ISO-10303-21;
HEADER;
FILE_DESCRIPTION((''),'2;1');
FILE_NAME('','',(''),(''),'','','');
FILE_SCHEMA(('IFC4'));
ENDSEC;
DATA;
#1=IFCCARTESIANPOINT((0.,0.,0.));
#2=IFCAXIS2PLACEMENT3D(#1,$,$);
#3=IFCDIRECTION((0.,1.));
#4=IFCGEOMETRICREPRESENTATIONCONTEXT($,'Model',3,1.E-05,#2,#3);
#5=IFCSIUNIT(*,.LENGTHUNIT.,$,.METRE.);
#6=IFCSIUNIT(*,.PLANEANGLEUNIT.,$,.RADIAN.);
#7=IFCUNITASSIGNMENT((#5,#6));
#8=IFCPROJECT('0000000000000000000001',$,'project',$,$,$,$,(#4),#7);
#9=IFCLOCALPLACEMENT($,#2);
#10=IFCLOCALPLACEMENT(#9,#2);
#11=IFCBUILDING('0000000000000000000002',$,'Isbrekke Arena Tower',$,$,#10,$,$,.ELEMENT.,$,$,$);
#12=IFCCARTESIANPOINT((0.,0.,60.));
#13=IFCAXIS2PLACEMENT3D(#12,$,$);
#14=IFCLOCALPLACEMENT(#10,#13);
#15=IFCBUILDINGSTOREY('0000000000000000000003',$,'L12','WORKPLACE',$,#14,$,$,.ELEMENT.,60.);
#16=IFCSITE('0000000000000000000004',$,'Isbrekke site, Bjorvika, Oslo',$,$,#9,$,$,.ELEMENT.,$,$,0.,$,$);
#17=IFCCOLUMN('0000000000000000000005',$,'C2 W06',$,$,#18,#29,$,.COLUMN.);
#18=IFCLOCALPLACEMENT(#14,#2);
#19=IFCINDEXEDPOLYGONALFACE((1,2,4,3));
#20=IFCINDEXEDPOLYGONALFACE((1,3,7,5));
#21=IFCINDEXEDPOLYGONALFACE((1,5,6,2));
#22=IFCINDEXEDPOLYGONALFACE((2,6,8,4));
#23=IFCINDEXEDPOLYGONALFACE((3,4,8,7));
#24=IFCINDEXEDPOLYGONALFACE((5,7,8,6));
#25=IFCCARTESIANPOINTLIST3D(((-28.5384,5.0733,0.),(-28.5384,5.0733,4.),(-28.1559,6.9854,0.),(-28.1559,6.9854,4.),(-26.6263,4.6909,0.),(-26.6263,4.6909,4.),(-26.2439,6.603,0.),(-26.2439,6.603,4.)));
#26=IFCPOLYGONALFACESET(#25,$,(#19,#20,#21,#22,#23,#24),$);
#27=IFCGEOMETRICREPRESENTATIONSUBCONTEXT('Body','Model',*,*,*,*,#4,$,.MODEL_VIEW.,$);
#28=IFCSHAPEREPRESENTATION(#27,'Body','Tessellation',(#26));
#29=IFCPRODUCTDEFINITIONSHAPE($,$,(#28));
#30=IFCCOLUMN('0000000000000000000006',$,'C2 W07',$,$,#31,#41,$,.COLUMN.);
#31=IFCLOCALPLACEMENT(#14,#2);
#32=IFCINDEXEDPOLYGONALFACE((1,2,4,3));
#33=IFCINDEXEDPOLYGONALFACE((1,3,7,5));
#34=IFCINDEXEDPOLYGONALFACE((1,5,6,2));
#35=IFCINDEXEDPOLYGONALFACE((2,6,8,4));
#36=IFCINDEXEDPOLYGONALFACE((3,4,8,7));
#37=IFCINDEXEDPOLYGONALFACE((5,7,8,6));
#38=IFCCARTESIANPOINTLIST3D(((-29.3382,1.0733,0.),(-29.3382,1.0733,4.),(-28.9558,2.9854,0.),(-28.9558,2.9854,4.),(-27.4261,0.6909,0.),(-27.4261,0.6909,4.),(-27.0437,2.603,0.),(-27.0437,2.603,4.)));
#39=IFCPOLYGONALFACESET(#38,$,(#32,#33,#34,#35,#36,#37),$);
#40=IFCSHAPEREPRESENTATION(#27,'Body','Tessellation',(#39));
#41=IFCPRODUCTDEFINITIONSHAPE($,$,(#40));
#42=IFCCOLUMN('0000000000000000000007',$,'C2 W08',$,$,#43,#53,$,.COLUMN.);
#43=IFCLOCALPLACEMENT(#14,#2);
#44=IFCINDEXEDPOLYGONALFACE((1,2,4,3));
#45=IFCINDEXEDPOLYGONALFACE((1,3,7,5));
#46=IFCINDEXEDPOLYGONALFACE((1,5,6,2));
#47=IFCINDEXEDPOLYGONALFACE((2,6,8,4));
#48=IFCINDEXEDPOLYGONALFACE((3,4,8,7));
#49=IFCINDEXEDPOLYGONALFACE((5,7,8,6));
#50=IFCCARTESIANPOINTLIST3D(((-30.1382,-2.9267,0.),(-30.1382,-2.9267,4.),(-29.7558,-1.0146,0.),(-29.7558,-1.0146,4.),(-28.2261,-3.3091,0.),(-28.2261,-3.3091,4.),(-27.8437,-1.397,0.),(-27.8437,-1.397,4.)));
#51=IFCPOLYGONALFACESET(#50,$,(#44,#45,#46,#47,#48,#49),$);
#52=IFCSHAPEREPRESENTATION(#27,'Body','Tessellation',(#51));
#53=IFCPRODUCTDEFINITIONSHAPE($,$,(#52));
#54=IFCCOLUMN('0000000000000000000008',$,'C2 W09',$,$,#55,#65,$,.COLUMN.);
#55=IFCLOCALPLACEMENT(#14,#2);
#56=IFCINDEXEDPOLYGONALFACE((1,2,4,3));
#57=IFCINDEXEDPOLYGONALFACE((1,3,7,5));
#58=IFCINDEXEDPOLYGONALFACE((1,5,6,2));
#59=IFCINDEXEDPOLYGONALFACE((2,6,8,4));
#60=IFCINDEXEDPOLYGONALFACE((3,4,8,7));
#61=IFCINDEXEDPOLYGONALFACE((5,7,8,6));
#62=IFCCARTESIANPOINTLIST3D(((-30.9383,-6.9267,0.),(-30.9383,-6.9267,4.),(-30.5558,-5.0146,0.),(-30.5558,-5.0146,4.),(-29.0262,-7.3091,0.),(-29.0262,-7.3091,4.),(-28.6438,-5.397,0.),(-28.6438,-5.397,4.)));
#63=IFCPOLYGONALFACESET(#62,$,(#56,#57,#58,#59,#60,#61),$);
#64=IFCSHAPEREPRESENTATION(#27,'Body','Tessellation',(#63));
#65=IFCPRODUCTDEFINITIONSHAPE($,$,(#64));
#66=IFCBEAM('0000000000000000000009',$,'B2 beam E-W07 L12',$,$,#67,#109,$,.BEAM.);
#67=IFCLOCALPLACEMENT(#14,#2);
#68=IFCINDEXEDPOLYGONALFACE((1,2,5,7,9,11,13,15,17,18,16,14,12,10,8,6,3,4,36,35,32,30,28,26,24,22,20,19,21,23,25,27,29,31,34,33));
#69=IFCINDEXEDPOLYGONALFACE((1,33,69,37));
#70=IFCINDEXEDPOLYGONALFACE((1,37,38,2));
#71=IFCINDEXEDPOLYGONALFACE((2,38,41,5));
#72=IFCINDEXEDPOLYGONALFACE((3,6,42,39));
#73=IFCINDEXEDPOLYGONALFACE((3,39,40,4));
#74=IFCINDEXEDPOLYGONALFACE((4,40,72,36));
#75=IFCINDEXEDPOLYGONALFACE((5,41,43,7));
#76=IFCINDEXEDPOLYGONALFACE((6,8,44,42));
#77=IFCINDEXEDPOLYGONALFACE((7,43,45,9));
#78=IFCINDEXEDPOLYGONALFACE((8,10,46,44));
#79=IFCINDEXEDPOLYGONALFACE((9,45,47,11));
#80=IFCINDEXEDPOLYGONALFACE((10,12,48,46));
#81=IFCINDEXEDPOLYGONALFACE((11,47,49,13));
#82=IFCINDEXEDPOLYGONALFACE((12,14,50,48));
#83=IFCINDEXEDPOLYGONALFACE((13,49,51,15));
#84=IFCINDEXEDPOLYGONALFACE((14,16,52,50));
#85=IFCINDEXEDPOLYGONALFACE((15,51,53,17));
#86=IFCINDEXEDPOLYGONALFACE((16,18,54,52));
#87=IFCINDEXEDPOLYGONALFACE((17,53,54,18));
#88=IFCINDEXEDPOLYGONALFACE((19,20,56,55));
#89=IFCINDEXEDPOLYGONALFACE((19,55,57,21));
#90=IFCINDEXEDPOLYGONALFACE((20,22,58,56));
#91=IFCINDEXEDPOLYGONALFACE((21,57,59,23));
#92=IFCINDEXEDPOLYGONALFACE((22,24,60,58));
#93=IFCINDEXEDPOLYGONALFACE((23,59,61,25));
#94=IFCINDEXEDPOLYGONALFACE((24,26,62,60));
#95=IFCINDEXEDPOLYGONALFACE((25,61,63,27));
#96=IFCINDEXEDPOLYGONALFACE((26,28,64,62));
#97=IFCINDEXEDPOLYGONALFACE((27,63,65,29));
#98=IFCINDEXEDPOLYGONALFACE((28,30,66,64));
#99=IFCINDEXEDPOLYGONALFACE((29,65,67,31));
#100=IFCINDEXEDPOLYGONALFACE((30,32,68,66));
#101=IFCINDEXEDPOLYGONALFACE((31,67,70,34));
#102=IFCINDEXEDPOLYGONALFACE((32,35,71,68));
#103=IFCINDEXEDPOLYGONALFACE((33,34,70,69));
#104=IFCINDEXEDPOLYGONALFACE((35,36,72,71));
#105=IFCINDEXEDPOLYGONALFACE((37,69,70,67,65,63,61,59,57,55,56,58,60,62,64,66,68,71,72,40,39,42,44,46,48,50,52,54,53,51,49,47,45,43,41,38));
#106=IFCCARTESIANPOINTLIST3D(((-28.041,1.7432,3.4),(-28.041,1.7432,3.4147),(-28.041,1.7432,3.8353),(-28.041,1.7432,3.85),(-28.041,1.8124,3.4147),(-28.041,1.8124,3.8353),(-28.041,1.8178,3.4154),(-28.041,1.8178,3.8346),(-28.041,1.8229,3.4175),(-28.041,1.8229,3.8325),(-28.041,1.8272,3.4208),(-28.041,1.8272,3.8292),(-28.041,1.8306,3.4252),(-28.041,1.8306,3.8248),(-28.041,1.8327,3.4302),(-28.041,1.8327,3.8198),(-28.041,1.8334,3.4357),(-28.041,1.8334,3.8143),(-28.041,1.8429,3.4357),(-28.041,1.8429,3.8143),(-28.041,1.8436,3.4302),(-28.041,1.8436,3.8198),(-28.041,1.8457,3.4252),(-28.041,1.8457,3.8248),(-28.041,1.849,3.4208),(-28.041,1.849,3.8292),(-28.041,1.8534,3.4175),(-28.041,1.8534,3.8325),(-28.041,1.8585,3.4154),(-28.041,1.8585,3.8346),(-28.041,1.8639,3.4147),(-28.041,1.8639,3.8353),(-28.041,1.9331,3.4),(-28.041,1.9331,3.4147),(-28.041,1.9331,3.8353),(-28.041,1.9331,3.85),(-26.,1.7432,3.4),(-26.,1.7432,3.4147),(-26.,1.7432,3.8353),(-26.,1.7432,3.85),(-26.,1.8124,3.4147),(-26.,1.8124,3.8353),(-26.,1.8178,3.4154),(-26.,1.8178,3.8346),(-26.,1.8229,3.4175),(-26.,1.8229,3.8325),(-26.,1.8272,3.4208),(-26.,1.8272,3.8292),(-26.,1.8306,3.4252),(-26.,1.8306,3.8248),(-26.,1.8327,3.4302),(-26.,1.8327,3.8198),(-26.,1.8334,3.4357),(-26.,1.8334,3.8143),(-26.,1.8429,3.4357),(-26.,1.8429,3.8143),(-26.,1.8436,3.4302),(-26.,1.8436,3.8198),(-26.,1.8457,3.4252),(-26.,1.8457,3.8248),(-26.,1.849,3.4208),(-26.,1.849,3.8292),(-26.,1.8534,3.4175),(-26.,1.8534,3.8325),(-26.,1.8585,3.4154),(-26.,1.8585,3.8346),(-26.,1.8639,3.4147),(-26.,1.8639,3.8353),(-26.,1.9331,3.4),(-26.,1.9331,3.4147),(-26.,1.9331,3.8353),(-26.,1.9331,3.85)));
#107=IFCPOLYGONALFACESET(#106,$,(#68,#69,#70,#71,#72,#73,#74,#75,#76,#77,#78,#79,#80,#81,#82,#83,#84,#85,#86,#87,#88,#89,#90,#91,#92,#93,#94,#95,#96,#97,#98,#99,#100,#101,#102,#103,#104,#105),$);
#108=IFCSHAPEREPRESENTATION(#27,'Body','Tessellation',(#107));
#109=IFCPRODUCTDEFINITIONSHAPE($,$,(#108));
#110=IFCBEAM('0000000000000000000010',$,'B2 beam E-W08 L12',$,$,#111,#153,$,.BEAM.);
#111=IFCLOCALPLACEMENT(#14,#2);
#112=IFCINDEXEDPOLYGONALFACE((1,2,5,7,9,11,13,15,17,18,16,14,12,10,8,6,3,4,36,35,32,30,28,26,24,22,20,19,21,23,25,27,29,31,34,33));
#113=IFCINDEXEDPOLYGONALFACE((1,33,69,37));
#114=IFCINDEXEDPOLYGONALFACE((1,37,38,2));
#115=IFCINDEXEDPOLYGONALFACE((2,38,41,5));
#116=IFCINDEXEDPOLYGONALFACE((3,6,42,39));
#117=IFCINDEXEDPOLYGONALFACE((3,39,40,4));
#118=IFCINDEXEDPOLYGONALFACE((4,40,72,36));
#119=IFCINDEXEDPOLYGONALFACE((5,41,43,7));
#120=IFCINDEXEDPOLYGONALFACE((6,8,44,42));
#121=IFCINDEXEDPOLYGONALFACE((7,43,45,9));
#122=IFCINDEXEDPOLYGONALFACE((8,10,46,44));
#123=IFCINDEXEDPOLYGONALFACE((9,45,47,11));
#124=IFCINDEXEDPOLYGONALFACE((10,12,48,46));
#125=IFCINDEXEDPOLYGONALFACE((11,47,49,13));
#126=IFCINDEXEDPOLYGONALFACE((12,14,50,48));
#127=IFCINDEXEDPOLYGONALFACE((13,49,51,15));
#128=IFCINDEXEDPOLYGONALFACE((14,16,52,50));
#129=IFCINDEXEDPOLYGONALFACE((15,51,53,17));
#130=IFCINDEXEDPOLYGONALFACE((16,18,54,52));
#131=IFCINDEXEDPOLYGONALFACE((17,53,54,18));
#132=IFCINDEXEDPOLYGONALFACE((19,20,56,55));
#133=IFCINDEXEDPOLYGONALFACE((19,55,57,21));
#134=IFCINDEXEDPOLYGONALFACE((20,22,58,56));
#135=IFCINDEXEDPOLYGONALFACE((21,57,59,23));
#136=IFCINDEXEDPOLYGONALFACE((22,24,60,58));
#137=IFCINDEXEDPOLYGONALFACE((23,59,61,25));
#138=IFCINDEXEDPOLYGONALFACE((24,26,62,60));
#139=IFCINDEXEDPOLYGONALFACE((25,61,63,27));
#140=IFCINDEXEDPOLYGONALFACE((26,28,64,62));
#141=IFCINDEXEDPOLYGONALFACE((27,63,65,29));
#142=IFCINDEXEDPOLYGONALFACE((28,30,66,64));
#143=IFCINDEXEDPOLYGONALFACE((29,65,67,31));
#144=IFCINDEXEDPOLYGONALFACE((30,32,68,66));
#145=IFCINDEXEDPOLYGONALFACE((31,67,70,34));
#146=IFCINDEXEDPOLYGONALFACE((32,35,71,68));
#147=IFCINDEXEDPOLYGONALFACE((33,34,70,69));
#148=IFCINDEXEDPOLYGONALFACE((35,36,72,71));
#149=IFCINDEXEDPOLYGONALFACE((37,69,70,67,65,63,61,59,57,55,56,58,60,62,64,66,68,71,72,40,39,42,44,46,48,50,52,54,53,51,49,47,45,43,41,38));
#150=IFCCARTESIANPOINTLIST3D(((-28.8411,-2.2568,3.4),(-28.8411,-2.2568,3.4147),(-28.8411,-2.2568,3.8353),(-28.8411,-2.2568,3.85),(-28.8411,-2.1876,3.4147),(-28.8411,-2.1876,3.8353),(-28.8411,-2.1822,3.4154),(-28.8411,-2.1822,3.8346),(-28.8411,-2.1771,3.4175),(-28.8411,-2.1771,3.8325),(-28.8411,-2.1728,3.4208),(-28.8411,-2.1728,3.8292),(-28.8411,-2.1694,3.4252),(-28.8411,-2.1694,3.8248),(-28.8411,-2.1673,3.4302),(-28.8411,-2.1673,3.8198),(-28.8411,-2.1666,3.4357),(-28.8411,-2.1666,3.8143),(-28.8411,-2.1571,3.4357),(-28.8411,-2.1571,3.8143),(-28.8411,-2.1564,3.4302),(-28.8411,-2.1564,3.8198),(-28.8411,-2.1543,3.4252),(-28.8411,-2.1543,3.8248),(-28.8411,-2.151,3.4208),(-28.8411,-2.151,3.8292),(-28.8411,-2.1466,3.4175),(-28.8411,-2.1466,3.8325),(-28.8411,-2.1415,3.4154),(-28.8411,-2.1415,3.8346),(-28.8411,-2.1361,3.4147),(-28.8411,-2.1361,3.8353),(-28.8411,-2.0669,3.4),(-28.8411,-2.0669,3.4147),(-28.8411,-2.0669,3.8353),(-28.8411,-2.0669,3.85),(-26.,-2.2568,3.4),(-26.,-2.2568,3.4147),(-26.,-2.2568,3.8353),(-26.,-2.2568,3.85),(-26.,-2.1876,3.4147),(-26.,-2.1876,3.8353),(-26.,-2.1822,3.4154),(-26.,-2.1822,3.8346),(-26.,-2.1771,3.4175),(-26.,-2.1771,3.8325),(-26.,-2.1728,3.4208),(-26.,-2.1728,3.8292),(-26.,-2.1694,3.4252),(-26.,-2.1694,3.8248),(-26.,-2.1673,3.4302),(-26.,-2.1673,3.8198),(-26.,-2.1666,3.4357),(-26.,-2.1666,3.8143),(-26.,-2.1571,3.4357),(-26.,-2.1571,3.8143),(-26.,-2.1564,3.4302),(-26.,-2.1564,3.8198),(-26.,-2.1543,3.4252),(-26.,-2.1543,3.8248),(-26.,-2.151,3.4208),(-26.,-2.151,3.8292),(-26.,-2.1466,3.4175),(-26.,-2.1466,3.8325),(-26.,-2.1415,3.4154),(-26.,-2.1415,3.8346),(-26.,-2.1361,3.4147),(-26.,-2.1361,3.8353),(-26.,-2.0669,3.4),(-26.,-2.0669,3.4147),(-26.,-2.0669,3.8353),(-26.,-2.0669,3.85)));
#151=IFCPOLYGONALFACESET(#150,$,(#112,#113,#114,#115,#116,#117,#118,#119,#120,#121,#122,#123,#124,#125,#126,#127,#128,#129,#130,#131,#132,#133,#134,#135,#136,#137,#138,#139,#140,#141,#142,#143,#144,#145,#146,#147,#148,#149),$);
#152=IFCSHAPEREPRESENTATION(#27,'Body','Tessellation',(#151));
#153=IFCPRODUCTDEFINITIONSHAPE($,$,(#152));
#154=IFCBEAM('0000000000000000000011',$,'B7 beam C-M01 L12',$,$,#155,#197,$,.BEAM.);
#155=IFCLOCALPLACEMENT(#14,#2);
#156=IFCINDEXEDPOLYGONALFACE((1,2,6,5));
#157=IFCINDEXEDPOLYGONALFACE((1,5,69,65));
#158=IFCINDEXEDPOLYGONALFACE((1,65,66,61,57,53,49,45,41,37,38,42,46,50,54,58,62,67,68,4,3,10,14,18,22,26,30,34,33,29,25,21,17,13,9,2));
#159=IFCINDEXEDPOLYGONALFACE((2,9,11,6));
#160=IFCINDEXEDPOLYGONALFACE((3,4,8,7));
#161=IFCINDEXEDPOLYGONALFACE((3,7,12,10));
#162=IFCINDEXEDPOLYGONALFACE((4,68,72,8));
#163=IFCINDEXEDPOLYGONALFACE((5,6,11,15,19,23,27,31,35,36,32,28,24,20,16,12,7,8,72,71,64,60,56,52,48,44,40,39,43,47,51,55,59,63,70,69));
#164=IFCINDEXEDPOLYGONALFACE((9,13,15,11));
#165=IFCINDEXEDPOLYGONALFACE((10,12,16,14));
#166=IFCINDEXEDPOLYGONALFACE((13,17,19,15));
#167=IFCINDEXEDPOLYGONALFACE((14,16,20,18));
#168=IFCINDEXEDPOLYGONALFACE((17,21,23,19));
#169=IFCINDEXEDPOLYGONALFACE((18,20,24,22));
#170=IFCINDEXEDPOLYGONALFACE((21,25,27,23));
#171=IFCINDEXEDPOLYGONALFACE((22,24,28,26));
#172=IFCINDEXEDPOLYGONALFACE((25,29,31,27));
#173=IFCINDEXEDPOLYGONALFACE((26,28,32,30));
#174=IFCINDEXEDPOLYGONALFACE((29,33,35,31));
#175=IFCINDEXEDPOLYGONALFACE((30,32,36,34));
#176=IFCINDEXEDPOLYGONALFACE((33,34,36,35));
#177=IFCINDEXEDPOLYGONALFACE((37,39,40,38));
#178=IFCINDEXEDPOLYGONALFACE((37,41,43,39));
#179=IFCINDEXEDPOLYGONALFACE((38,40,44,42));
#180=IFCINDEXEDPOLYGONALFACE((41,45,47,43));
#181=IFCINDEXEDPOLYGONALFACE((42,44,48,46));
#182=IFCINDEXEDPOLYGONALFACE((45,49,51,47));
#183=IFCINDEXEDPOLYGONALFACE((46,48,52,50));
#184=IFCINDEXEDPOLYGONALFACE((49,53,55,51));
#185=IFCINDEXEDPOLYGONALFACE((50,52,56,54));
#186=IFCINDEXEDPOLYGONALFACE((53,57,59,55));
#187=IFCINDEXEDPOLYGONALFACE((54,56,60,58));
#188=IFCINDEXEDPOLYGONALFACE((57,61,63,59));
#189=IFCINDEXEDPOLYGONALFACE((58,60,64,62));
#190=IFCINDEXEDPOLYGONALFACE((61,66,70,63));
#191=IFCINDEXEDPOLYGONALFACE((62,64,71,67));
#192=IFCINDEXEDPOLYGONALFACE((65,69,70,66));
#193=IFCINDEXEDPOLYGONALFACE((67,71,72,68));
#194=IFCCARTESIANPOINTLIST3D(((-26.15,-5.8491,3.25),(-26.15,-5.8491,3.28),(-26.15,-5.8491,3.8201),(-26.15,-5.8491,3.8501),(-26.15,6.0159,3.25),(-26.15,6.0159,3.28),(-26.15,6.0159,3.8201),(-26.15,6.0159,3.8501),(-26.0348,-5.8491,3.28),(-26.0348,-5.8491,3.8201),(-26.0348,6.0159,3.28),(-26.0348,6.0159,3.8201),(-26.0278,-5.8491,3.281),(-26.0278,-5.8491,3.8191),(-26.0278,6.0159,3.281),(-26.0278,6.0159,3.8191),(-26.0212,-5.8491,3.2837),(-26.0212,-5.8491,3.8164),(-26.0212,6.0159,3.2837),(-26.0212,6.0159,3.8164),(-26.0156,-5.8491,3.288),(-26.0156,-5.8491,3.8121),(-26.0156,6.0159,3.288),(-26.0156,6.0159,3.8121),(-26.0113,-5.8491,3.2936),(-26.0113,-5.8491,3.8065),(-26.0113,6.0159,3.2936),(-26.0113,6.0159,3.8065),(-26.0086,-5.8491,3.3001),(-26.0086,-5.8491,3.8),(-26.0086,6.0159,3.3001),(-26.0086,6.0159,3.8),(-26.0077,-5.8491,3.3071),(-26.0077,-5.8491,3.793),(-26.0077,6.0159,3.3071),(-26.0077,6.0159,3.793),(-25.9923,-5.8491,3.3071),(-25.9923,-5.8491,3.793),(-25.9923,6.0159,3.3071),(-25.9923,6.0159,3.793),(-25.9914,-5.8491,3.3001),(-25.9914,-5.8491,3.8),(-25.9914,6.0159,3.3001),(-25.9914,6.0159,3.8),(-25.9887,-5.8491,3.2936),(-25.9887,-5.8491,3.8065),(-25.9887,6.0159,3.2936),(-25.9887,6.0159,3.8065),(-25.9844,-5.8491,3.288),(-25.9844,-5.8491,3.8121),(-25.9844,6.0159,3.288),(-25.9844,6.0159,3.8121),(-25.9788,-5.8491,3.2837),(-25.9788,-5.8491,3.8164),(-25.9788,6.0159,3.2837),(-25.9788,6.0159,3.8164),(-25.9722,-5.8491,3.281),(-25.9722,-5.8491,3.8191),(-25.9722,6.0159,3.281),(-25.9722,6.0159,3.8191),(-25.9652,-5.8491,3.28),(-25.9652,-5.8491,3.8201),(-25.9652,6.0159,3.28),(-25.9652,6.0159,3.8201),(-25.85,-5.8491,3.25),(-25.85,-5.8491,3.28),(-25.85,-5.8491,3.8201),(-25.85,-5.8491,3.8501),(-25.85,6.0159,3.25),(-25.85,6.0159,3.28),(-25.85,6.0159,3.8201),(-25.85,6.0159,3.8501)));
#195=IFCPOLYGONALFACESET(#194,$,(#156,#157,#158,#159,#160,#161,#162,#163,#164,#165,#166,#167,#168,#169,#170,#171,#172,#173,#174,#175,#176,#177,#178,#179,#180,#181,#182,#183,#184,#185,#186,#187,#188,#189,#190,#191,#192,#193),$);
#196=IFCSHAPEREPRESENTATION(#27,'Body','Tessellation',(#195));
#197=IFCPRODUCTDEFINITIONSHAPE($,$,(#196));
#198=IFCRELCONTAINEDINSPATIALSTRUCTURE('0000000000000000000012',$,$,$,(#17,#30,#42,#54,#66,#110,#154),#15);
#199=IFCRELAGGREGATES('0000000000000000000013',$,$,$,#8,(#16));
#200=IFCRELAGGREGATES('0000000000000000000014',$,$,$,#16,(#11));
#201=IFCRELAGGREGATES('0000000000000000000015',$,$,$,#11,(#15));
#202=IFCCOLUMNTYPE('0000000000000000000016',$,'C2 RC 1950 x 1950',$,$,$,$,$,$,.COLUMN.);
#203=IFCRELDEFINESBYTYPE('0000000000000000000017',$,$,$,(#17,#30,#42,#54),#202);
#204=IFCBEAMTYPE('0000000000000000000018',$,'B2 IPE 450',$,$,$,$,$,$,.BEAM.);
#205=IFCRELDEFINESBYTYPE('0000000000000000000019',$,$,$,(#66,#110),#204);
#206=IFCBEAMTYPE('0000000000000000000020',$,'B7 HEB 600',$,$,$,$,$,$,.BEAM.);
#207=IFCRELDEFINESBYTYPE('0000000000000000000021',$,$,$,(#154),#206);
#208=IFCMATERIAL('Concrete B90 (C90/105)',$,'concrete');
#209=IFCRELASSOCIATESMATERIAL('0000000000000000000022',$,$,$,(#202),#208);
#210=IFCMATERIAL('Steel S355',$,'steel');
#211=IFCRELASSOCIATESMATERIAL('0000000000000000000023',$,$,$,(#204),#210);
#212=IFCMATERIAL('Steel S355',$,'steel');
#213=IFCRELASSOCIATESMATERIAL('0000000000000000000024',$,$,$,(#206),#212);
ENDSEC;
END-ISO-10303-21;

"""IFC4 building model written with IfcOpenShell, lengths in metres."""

from ifc_helpers import new_model, si_unit, direction, frame, origin, origin_2d, place, context, subcontext, project, spatial, rectangle, i_section, extrude, material, material_profile, profile_set, type_object, element, save


model = new_model("IFC4")

# Units and contexts
model_context = context("Model", 3, precision=1e-05, world=origin(), true_north=direction((0.0, 1.0)))
body_context = subcontext(model_context, "Body", "Model", "MODEL_VIEW")
ifc_project = project(units=[si_unit("LENGTHUNIT", "METRE"), si_unit("PLANEANGLEUNIT", "RADIAN")], contexts=[model_context])

# Site, building, storey
site_placement = place(None, origin())
site = spatial("IfcSite", under=ifc_project, at=site_placement, Name="Isbrekke site, Bjorvika, Oslo", CompositionType="ELEMENT", RefElevation=0.0)
building_placement = place(site_placement, origin())
building = spatial("IfcBuilding", under=site, at=building_placement, Name="Isbrekke Arena Tower", CompositionType="ELEMENT")
storey_placement = place(building_placement, frame((0.0, 0.0, 60.0)))
storey = spatial("IfcBuildingStorey", under=building, at=storey_placement, Name="L12", Description="WORKPLACE", CompositionType="ELEMENT", Elevation=60.0)

# Columns
ifc_material_1 = material(Name="Concrete B90 (C90/105)", Category="concrete")
ifc_material_profile_1 = material_profile(ifc_material_1, rectangle(XDim=1.95, YDim=1.95, at=origin_2d()), Name="RC 1950x1950")
ifc_profile_set_1 = profile_set([ifc_material_profile_1], Name="Concrete B90 (C90/105)")
column_type = type_object("IfcColumnType", Name="C2 RC 1950 x 1950", PredefinedType="COLUMN", material=ifc_profile_set_1)
for number, where, z_axis, x_axis, name in (
    (1, (-27.3911, 5.8381, 0.0), (0.0, 0.0, 1.0), (-0.196116, -0.980581, 0.0), "C2 W06"),
    (2, (-28.1909, 1.8381, 0.0), (0.0, 0.0, 1.0), (-0.196116, -0.980581, 0.0), "C2 W07"),
    (3, (-28.991, -2.1619, 0.0), (0.0, 0.0, 1.0), (-0.196116, -0.980581, 0.0), "C2 W08"),
    (4, (-29.791, -6.1619, 0.0), (0.0, 0.0, 1.0), (-0.196116, -0.980581, 0.0), "C2 W09"),
):
    element("IfcColumn", number, at=place(storey_placement, frame(where, z_axis=z_axis, x_axis=x_axis)), inside=storey, type_object=column_type, Name=name, PredefinedType="COLUMN", context=body_context, shape_type="SweptSolid", body=[
        extrude(rectangle(XDim=1.95, YDim=1.95, at=origin_2d()), origin(), (0.0, 0.0, 1.0), 4.0),
    ])

# Beams
ifc_material_2 = material(Name="Steel S355", Category="steel")
ifc_material_profile_2 = material_profile(ifc_material_2, i_section(OverallWidth=0.1899, OverallDepth=0.45, WebThickness=0.0095, FlangeThickness=0.0146, FilletRadius=0.021, at=origin_2d()), Name="IPE 450")
ifc_profile_set_2 = profile_set([ifc_material_profile_2], Name="Steel S355")
beam_type_1 = type_object("IfcBeamType", Name="B2 IPE 450", PredefinedType="BEAM", material=ifc_profile_set_2)
beam_1_placement = place(storey_placement, frame((-28.041, 1.8381, 3.625), z_axis=(1.0, 0.0, 0.0), x_axis=(0.0, 1.0, 0.0)))
element("IfcBeam", 5, at=beam_1_placement, inside=storey, type_object=beam_type_1, Name="B2 beam E-W07 L12", PredefinedType="BEAM", context=body_context, shape_type="SweptSolid", body=[
    extrude(i_section(OverallWidth=0.1899, OverallDepth=0.45, WebThickness=0.0095, FlangeThickness=0.0146, FilletRadius=0.021, at=origin_2d()), origin(), (0.0, 0.0, 1.0), 2.041),
])
beam_2_placement = place(storey_placement, frame((-28.8411, -2.1619, 3.625), z_axis=(1.0, 0.0, 0.0), x_axis=(0.0, 1.0, 0.0)))
element("IfcBeam", 6, at=beam_2_placement, inside=storey, type_object=beam_type_1, Name="B2 beam E-W08 L12", PredefinedType="BEAM", context=body_context, shape_type="SweptSolid", body=[
    extrude(i_section(OverallWidth=0.1899, OverallDepth=0.45, WebThickness=0.0095, FlangeThickness=0.0146, FilletRadius=0.021, at=origin_2d()), origin(), (0.0, 0.0, 1.0), 2.8411),
])
ifc_material_3 = material(Name="Steel S355", Category="steel")
ifc_material_profile_3 = material_profile(ifc_material_3, i_section(OverallWidth=0.3, OverallDepth=0.6001, WebThickness=0.0154, FlangeThickness=0.03, FilletRadius=0.0271, at=origin_2d()), Name="HEB 600")
ifc_profile_set_3 = profile_set([ifc_material_profile_3], Name="Steel S355")
beam_type_2 = type_object("IfcBeamType", Name="B7 HEB 600", PredefinedType="BEAM", material=ifc_profile_set_3)
beam_3_placement = place(storey_placement, frame((-26.0, -5.8491, 3.55), z_axis=(0.0, 1.0, 0.0), x_axis=(-1.0, 0.0, 0.0)))
element("IfcBeam", 7, at=beam_3_placement, inside=storey, type_object=beam_type_2, Name="B7 beam C-M01 L12", PredefinedType="BEAM", context=body_context, shape_type="SweptSolid", body=[
    extrude(i_section(OverallWidth=0.3, OverallDepth=0.6001, WebThickness=0.0154, FlangeThickness=0.03, FilletRadius=0.0271, at=origin_2d()), origin(), (0.0, 0.0, 1.0), 11.865),
])

save(model, "model.ifc")
